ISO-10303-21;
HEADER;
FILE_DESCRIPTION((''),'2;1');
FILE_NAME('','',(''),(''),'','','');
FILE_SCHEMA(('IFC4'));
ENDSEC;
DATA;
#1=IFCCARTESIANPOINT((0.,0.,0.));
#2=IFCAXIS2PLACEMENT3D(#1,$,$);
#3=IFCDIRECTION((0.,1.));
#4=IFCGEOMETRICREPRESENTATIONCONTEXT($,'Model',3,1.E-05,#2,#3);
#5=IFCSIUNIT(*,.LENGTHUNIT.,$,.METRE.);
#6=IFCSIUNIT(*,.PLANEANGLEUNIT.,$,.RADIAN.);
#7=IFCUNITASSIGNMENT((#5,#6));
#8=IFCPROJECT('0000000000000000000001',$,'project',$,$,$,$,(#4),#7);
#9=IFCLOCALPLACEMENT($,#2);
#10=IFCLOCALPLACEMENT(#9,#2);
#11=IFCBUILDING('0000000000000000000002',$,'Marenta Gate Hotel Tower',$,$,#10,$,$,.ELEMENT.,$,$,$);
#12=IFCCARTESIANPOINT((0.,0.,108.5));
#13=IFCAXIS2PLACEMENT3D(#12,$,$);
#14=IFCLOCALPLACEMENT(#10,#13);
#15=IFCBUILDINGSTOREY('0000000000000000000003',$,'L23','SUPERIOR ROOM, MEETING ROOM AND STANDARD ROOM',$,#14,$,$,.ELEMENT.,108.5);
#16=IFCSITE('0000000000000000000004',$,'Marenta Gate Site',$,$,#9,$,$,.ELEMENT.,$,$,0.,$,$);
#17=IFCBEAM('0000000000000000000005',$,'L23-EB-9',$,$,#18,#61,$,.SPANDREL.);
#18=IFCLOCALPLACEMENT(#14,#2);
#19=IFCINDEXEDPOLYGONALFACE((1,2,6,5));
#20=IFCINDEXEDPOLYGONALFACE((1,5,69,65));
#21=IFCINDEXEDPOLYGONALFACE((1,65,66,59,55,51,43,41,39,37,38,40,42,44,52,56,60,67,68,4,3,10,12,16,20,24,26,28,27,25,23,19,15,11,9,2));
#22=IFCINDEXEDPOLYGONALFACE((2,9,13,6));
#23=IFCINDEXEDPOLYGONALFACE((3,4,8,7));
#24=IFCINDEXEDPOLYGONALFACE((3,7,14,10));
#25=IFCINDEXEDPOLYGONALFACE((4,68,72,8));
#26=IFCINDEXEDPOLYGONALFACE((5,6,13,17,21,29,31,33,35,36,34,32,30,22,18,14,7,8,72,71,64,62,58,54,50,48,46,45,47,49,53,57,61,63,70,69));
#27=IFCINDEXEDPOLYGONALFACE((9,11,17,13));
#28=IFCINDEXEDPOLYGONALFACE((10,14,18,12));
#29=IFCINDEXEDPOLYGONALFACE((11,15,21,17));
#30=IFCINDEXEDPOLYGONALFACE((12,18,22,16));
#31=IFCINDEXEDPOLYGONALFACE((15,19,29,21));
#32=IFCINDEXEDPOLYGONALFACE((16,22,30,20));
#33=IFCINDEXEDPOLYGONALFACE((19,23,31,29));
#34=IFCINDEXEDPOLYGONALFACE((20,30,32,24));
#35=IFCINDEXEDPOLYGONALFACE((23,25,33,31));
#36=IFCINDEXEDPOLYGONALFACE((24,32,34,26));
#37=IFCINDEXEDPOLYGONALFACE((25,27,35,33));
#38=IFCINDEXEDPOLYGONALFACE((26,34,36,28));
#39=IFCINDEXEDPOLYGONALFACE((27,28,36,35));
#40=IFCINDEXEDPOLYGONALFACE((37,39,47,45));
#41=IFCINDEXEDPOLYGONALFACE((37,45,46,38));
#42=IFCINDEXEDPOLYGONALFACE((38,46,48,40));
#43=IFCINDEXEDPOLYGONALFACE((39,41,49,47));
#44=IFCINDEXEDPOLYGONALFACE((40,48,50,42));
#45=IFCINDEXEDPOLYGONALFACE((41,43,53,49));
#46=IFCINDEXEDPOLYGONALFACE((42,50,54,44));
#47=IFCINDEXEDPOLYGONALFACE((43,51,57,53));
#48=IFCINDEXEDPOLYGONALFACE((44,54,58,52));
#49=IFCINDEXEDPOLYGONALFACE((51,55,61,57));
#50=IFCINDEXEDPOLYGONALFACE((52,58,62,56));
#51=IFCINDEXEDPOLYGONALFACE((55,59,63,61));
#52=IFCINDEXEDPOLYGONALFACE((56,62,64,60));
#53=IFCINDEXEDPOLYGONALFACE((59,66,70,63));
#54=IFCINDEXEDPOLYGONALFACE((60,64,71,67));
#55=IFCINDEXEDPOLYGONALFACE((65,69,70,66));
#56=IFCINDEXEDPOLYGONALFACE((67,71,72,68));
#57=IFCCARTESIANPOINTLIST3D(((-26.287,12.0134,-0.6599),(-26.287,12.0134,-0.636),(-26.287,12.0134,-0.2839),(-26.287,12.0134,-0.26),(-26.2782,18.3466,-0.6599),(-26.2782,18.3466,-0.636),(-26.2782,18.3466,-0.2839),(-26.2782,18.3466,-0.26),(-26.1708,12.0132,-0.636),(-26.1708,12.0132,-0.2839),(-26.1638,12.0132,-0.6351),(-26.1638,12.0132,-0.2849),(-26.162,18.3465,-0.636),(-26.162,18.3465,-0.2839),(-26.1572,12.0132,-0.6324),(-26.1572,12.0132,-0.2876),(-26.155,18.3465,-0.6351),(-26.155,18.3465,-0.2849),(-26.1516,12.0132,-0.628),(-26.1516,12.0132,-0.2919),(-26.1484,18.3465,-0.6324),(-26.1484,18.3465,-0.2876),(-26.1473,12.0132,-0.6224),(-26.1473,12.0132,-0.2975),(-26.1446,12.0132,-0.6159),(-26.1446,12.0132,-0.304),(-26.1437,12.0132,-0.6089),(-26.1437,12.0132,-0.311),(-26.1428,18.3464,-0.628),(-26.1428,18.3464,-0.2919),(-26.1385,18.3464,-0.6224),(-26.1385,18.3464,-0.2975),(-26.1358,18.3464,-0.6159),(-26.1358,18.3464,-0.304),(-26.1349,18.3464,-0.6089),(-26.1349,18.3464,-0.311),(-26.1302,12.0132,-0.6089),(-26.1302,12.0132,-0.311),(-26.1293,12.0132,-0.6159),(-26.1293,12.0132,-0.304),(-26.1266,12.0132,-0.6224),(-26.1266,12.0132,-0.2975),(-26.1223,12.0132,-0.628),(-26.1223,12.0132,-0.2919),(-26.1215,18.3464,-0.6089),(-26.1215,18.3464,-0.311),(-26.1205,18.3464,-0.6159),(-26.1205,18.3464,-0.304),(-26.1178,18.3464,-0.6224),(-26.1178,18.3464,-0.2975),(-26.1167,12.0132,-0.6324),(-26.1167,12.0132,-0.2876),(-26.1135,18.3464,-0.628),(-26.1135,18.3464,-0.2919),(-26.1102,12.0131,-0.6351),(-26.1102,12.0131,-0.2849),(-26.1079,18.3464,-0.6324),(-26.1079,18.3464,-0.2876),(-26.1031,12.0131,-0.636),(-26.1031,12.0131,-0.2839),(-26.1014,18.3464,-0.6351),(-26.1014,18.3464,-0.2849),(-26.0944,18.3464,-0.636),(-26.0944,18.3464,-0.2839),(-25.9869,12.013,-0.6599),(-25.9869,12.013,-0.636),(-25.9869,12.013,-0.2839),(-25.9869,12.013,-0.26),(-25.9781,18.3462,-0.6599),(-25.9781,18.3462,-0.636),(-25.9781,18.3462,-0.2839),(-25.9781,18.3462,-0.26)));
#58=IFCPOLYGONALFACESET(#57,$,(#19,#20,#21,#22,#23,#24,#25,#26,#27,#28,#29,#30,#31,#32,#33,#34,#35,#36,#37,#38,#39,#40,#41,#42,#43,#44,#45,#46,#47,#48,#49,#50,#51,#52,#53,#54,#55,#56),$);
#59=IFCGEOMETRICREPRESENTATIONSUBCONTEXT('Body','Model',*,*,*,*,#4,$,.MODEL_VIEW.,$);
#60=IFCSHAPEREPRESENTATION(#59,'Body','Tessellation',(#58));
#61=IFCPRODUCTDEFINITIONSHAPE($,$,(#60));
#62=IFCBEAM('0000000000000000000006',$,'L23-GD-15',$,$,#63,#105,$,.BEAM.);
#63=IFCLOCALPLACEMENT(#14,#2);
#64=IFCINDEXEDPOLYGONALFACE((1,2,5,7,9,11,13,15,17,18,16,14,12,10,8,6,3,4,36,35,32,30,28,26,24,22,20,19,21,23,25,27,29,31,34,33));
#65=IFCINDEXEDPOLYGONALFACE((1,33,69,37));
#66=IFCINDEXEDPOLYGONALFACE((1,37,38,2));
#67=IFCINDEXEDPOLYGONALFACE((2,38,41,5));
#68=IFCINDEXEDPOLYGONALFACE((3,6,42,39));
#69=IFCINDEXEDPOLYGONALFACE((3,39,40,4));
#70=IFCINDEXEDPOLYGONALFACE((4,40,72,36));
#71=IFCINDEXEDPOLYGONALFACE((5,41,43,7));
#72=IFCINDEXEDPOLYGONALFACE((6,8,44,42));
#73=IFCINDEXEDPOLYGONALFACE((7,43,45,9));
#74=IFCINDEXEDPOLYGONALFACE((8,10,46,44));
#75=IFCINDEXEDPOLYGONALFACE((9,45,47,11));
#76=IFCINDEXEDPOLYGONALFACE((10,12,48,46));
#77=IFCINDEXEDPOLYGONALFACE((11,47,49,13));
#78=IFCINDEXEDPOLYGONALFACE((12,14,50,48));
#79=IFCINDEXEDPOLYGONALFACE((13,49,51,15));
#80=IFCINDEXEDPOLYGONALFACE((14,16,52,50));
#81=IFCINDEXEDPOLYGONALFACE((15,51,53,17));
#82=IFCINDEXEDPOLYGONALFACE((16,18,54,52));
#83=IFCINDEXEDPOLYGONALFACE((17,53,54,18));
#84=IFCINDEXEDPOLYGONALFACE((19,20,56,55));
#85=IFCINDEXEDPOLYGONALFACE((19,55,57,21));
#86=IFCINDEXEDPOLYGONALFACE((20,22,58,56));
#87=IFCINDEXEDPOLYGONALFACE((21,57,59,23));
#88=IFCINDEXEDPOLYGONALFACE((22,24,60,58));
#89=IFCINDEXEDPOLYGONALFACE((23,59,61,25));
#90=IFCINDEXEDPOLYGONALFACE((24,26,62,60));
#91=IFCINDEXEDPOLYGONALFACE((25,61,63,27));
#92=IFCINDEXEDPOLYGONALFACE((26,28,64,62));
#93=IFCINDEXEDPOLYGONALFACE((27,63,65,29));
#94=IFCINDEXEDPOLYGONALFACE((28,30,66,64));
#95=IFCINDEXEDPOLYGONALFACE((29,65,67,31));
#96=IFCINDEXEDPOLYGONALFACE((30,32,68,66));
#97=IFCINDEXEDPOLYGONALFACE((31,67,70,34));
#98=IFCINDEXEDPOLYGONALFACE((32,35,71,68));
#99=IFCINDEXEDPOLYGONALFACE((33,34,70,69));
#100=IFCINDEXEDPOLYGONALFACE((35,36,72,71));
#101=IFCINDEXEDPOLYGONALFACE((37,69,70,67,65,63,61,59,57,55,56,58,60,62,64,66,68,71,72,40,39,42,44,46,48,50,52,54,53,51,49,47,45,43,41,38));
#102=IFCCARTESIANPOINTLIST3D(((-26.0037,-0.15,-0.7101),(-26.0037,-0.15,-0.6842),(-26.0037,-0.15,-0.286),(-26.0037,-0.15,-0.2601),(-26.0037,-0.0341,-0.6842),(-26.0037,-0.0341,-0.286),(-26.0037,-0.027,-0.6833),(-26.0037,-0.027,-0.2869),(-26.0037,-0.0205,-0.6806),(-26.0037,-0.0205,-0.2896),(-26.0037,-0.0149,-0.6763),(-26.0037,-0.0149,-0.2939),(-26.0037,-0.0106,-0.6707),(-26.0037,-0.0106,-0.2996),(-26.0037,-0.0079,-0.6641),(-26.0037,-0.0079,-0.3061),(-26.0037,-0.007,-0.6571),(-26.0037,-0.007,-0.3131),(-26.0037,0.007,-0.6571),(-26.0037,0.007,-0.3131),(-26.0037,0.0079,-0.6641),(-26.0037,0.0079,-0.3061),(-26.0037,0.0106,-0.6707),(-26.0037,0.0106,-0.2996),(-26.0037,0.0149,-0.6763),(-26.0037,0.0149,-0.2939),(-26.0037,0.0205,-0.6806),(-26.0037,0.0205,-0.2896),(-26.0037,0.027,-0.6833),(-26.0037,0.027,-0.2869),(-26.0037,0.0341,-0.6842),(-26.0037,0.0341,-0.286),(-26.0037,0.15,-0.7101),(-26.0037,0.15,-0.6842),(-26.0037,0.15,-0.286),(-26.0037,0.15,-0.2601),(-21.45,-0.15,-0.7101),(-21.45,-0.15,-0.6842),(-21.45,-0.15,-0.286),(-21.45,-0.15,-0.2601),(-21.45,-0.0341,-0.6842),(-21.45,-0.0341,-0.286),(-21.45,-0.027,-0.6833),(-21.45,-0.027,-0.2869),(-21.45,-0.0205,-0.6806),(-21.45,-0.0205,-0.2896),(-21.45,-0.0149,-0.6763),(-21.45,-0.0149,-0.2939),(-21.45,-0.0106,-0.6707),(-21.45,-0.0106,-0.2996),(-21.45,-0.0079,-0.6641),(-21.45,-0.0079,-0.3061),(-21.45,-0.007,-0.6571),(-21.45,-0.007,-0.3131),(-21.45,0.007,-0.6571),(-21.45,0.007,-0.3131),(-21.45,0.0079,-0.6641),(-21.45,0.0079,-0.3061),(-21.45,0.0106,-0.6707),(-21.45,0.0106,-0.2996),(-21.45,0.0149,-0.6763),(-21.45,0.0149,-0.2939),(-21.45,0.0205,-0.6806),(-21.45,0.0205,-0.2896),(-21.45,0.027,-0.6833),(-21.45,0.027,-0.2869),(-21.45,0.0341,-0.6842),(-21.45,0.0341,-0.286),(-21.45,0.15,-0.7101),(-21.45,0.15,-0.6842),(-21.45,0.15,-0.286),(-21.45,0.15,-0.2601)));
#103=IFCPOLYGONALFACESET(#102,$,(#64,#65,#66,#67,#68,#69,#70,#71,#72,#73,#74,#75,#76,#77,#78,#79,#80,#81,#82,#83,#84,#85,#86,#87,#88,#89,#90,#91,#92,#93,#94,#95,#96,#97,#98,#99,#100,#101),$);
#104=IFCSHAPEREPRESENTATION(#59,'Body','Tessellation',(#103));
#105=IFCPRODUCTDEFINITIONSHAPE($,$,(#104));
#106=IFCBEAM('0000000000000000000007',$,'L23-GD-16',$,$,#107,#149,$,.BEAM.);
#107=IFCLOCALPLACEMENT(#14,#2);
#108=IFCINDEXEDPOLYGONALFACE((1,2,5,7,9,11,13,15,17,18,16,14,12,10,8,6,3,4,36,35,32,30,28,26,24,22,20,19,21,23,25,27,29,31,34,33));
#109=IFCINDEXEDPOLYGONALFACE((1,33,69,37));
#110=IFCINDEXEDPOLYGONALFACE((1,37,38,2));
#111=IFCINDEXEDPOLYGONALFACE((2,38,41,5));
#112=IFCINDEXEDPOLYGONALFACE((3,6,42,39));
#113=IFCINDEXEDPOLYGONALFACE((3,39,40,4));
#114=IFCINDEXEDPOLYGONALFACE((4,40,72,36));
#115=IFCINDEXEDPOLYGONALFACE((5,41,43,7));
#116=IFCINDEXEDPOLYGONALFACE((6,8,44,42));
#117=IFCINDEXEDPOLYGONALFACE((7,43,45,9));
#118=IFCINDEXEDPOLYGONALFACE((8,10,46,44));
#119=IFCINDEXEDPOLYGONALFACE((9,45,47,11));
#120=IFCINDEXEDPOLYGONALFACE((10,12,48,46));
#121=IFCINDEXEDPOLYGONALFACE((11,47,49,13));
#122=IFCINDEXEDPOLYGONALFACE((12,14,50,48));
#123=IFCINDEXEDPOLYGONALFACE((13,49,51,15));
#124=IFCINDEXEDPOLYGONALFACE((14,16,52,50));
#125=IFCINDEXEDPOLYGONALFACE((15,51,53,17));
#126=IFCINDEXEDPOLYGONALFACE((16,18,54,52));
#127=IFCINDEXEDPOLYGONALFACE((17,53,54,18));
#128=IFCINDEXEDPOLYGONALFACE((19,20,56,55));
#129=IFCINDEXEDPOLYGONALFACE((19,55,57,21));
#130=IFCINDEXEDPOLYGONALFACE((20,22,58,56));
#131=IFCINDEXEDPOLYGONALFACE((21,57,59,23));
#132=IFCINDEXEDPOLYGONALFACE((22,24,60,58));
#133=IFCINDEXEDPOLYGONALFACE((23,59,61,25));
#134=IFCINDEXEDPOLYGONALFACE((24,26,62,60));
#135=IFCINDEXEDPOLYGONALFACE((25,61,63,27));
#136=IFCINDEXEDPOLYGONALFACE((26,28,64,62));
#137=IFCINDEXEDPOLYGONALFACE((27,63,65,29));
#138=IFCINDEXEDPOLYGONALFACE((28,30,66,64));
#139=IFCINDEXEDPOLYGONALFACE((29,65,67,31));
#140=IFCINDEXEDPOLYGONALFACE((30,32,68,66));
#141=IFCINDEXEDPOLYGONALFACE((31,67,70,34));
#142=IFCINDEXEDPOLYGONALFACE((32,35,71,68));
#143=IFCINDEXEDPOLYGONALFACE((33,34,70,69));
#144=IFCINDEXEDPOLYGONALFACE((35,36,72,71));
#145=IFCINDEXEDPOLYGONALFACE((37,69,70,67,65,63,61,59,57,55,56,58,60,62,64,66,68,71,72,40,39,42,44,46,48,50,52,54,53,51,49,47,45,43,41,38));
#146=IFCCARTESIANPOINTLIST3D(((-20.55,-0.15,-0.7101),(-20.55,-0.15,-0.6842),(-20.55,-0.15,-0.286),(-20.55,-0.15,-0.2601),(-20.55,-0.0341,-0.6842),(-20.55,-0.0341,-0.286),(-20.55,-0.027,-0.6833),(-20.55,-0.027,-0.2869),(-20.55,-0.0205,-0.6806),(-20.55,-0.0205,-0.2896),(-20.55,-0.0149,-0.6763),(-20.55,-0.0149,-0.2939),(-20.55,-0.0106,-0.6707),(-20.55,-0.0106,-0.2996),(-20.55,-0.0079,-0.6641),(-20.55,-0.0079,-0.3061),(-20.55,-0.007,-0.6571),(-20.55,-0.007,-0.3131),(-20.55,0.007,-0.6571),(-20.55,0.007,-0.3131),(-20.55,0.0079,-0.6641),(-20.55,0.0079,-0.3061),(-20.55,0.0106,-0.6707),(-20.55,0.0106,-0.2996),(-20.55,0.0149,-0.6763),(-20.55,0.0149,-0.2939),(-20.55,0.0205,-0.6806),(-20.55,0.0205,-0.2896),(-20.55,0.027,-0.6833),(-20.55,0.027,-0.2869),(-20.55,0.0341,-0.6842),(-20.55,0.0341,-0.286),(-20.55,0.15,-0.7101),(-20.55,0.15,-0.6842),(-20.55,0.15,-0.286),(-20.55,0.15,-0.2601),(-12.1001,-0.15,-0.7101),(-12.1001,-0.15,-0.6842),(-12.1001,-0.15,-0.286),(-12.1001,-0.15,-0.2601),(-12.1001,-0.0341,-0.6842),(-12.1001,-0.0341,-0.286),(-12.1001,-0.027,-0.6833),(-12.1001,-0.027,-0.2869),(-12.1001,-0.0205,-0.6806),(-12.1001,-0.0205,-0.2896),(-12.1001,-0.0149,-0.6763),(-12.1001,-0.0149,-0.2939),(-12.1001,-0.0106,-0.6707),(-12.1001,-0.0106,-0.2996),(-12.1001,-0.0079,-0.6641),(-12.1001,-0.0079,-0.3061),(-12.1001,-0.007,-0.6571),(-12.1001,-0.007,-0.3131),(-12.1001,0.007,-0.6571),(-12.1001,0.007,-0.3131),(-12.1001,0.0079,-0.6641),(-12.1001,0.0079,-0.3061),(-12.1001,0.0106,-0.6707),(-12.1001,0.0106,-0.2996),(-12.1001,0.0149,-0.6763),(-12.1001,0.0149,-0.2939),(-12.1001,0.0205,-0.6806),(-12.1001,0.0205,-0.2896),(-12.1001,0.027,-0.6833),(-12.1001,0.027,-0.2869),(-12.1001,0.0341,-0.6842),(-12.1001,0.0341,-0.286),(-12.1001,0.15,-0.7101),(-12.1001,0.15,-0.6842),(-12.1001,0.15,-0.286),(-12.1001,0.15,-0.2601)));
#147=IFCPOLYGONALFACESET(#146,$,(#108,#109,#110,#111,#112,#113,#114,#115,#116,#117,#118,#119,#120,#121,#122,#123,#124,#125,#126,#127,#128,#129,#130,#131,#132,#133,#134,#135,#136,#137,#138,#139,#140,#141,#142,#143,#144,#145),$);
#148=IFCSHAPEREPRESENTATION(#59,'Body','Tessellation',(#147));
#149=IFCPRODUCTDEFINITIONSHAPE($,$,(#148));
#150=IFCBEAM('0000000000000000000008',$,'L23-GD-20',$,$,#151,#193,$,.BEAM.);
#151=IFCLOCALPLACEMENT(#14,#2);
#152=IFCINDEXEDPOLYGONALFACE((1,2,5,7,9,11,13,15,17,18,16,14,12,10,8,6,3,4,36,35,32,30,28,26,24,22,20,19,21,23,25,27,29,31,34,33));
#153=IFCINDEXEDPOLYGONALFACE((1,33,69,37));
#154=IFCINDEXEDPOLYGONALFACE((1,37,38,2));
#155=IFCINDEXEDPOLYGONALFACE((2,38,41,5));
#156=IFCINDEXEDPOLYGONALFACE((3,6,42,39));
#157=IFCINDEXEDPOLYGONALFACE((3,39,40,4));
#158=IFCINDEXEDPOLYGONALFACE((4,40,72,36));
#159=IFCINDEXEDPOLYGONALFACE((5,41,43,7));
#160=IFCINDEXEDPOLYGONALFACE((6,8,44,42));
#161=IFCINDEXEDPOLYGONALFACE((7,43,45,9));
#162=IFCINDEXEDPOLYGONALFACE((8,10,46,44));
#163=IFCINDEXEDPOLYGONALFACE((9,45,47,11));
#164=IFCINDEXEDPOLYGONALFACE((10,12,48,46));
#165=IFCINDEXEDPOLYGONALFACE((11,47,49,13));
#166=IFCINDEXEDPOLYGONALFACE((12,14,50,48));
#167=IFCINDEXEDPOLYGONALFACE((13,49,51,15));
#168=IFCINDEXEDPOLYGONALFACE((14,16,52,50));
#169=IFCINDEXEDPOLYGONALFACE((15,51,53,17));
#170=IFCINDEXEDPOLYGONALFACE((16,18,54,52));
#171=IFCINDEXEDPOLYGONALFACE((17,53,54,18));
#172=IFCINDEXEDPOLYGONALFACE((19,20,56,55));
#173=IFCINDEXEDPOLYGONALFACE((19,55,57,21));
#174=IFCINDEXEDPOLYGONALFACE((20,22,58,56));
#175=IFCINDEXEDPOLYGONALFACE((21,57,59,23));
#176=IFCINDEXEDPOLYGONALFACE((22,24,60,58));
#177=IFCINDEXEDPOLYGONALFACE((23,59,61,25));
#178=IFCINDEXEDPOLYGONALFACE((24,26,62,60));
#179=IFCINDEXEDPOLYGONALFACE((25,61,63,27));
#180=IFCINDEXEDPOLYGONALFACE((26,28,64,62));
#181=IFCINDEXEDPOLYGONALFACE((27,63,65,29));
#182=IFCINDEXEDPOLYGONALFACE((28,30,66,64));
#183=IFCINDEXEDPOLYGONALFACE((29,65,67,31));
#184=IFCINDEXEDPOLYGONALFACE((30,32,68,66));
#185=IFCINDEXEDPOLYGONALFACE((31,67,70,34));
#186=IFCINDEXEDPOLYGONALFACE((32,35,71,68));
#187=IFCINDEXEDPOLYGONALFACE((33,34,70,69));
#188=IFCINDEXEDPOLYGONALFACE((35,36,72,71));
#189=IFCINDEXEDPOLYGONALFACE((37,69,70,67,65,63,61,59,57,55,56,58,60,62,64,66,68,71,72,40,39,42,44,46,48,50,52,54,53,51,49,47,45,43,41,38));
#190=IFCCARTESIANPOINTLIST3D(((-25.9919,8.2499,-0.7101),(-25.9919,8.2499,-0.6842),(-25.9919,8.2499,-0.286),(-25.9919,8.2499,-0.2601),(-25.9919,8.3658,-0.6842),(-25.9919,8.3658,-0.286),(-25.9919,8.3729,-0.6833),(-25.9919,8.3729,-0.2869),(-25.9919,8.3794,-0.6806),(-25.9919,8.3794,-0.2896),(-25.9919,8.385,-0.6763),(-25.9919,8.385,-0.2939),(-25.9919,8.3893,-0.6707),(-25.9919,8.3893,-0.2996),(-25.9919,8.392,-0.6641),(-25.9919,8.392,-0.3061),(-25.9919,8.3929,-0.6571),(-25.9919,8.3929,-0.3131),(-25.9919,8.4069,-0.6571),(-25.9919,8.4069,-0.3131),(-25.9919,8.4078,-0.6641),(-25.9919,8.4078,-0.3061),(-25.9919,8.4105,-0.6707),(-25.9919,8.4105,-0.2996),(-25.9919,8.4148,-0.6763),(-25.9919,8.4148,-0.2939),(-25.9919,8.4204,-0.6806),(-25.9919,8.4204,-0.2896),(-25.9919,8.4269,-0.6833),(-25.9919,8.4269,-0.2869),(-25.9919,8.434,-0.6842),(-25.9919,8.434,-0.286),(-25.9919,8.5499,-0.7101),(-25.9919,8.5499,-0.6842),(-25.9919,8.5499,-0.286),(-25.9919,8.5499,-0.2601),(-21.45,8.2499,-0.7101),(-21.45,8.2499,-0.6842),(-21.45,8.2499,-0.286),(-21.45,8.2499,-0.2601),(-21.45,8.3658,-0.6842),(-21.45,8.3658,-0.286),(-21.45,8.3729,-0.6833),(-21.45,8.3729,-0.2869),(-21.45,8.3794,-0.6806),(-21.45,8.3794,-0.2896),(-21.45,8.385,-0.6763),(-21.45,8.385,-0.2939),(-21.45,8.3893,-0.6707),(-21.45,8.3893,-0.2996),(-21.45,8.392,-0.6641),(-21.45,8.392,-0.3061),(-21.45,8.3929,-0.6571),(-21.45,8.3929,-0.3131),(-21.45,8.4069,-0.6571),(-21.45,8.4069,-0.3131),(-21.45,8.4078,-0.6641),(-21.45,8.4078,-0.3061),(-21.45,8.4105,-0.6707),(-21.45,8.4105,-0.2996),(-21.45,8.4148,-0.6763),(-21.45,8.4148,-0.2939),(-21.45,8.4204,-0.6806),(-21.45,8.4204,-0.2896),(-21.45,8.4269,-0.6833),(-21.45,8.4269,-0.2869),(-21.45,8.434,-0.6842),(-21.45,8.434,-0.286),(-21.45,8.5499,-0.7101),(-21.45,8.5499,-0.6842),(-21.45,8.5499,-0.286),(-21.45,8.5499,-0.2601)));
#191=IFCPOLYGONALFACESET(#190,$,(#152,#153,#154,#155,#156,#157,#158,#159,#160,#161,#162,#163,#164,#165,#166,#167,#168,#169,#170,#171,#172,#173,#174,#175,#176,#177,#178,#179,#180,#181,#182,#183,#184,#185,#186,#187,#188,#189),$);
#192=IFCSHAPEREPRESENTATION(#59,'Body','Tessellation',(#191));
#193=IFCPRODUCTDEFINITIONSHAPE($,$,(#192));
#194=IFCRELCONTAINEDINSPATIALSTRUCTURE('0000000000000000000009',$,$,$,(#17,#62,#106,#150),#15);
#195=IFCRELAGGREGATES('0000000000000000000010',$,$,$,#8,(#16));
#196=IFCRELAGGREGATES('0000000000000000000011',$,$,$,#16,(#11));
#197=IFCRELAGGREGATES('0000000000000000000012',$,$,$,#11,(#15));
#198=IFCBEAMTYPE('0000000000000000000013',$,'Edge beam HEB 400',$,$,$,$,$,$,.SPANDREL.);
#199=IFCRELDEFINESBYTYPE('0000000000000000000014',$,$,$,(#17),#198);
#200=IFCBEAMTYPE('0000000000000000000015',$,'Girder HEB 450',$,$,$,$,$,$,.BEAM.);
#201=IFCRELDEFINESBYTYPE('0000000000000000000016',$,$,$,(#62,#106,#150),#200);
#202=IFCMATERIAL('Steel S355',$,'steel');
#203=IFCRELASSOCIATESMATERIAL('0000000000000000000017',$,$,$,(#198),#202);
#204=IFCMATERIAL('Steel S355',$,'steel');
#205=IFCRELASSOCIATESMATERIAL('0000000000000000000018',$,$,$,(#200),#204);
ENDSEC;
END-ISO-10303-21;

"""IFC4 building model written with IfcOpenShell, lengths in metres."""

from ifc_helpers import new_model, si_unit, direction, frame, origin, origin_2d, place, context, subcontext, project, spatial, i_section, extrude, material, material_profile, profile_set, type_object, element, save


model = new_model("IFC4")

# Units and contexts
model_context = context("Model", 3, precision=1e-05, world=origin(), true_north=direction((0.0, 1.0)))
body_context = subcontext(model_context, "Body", "Model", "MODEL_VIEW")
ifc_project = project(units=[si_unit("LENGTHUNIT", "METRE"), si_unit("PLANEANGLEUNIT", "RADIAN")], contexts=[model_context])

# Site, building, storey
site_placement = place(None, origin())
site = spatial("IfcSite", under=ifc_project, at=site_placement, Name="Marenta Gate Site", CompositionType="ELEMENT", RefElevation=0.0)
building_placement = place(site_placement, origin())
building = spatial("IfcBuilding", under=site, at=building_placement, Name="Marenta Gate Hotel Tower", CompositionType="ELEMENT")
storey_placement = place(building_placement, frame((0.0, 0.0, 108.5)))
storey = spatial("IfcBuildingStorey", under=building, at=storey_placement, Name="L23", Description="SUPERIOR ROOM, MEETING ROOM AND STANDARD ROOM", CompositionType="ELEMENT", Elevation=108.5)

# Beams
ifc_material_1 = material(Name="Steel S355", Category="steel")
ifc_material_profile_1 = material_profile(ifc_material_1, i_section(OverallWidth=0.3, OverallDepth=0.3999, WebThickness=0.0134, FlangeThickness=0.0239, FilletRadius=0.0271, at=origin_2d()), Name="HEB 400")
ifc_profile_set_1 = profile_set([ifc_material_profile_1], Name="Steel S355")
beam_type_1 = type_object("IfcBeamType", Name="Edge beam HEB 400", PredefinedType="SPANDREL", material=ifc_profile_set_1)
beam_1_placement = place(storey_placement, frame((-26.137, 12.0132, -0.46), z_axis=(0.001388, 0.999999, 0.0), x_axis=(-0.999999, 0.001388, 0.0)))
element("IfcBeam", 1, at=beam_1_placement, inside=storey, type_object=beam_type_1, Name="L23-EB-9", PredefinedType="SPANDREL", context=body_context, shape_type="SweptSolid", body=[
    extrude(i_section(OverallWidth=0.3, OverallDepth=0.3999, WebThickness=0.0134, FlangeThickness=0.0239, FilletRadius=0.0271, at=origin_2d()), origin(), (0.0, 0.0, 1.0), 6.3333),
])
ifc_material_2 = material(Name="Steel S355", Category="steel")
ifc_material_profile_2 = material_profile(ifc_material_2, i_section(OverallWidth=0.3, OverallDepth=0.45, WebThickness=0.0139, FlangeThickness=0.0259, FilletRadius=0.0271, at=origin_2d()), Name="HEB 450")
ifc_profile_set_2 = profile_set([ifc_material_profile_2], Name="Steel S355")
beam_type_2 = type_object("IfcBeamType", Name="Girder HEB 450", PredefinedType="BEAM", material=ifc_profile_set_2)
beam_2_placement = place(storey_placement, frame((-26.0037, 0.0, -0.4851), z_axis=(1.0, 0.0, 0.0), x_axis=(0.0, 1.0, 0.0)))
element("IfcBeam", 2, at=beam_2_placement, inside=storey, type_object=beam_type_2, Name="L23-GD-15", PredefinedType="BEAM", context=body_context, shape_type="SweptSolid", body=[
    extrude(i_section(OverallWidth=0.3, OverallDepth=0.45, WebThickness=0.0139, FlangeThickness=0.0259, FilletRadius=0.0271, at=origin_2d()), origin(), (0.0, 0.0, 1.0), 4.5537),
])
beam_3_placement = place(storey_placement, frame((-20.55, 0.0, -0.4851), z_axis=(1.0, 0.0, 0.0), x_axis=(0.0, 1.0, 0.0)))
element("IfcBeam", 3, at=beam_3_placement, inside=storey, type_object=beam_type_2, Name="L23-GD-16", PredefinedType="BEAM", context=body_context, shape_type="SweptSolid", body=[
    extrude(i_section(OverallWidth=0.3, OverallDepth=0.45, WebThickness=0.0139, FlangeThickness=0.0259, FilletRadius=0.0271, at=origin_2d()), origin(), (0.0, 0.0, 1.0), 8.45),
])
beam_4_placement = place(storey_placement, frame((-25.9919, 8.3999, -0.4851), z_axis=(1.0, 0.0, 0.0), x_axis=(0.0, 1.0, 0.0)))
element("IfcBeam", 4, at=beam_4_placement, inside=storey, type_object=beam_type_2, Name="L23-GD-20", PredefinedType="BEAM", context=body_context, shape_type="SweptSolid", body=[
    extrude(i_section(OverallWidth=0.3, OverallDepth=0.45, WebThickness=0.0139, FlangeThickness=0.0259, FilletRadius=0.0271, at=origin_2d()), origin(), (0.0, 0.0, 1.0), 4.542),
])

save(model, "model.ifc")
